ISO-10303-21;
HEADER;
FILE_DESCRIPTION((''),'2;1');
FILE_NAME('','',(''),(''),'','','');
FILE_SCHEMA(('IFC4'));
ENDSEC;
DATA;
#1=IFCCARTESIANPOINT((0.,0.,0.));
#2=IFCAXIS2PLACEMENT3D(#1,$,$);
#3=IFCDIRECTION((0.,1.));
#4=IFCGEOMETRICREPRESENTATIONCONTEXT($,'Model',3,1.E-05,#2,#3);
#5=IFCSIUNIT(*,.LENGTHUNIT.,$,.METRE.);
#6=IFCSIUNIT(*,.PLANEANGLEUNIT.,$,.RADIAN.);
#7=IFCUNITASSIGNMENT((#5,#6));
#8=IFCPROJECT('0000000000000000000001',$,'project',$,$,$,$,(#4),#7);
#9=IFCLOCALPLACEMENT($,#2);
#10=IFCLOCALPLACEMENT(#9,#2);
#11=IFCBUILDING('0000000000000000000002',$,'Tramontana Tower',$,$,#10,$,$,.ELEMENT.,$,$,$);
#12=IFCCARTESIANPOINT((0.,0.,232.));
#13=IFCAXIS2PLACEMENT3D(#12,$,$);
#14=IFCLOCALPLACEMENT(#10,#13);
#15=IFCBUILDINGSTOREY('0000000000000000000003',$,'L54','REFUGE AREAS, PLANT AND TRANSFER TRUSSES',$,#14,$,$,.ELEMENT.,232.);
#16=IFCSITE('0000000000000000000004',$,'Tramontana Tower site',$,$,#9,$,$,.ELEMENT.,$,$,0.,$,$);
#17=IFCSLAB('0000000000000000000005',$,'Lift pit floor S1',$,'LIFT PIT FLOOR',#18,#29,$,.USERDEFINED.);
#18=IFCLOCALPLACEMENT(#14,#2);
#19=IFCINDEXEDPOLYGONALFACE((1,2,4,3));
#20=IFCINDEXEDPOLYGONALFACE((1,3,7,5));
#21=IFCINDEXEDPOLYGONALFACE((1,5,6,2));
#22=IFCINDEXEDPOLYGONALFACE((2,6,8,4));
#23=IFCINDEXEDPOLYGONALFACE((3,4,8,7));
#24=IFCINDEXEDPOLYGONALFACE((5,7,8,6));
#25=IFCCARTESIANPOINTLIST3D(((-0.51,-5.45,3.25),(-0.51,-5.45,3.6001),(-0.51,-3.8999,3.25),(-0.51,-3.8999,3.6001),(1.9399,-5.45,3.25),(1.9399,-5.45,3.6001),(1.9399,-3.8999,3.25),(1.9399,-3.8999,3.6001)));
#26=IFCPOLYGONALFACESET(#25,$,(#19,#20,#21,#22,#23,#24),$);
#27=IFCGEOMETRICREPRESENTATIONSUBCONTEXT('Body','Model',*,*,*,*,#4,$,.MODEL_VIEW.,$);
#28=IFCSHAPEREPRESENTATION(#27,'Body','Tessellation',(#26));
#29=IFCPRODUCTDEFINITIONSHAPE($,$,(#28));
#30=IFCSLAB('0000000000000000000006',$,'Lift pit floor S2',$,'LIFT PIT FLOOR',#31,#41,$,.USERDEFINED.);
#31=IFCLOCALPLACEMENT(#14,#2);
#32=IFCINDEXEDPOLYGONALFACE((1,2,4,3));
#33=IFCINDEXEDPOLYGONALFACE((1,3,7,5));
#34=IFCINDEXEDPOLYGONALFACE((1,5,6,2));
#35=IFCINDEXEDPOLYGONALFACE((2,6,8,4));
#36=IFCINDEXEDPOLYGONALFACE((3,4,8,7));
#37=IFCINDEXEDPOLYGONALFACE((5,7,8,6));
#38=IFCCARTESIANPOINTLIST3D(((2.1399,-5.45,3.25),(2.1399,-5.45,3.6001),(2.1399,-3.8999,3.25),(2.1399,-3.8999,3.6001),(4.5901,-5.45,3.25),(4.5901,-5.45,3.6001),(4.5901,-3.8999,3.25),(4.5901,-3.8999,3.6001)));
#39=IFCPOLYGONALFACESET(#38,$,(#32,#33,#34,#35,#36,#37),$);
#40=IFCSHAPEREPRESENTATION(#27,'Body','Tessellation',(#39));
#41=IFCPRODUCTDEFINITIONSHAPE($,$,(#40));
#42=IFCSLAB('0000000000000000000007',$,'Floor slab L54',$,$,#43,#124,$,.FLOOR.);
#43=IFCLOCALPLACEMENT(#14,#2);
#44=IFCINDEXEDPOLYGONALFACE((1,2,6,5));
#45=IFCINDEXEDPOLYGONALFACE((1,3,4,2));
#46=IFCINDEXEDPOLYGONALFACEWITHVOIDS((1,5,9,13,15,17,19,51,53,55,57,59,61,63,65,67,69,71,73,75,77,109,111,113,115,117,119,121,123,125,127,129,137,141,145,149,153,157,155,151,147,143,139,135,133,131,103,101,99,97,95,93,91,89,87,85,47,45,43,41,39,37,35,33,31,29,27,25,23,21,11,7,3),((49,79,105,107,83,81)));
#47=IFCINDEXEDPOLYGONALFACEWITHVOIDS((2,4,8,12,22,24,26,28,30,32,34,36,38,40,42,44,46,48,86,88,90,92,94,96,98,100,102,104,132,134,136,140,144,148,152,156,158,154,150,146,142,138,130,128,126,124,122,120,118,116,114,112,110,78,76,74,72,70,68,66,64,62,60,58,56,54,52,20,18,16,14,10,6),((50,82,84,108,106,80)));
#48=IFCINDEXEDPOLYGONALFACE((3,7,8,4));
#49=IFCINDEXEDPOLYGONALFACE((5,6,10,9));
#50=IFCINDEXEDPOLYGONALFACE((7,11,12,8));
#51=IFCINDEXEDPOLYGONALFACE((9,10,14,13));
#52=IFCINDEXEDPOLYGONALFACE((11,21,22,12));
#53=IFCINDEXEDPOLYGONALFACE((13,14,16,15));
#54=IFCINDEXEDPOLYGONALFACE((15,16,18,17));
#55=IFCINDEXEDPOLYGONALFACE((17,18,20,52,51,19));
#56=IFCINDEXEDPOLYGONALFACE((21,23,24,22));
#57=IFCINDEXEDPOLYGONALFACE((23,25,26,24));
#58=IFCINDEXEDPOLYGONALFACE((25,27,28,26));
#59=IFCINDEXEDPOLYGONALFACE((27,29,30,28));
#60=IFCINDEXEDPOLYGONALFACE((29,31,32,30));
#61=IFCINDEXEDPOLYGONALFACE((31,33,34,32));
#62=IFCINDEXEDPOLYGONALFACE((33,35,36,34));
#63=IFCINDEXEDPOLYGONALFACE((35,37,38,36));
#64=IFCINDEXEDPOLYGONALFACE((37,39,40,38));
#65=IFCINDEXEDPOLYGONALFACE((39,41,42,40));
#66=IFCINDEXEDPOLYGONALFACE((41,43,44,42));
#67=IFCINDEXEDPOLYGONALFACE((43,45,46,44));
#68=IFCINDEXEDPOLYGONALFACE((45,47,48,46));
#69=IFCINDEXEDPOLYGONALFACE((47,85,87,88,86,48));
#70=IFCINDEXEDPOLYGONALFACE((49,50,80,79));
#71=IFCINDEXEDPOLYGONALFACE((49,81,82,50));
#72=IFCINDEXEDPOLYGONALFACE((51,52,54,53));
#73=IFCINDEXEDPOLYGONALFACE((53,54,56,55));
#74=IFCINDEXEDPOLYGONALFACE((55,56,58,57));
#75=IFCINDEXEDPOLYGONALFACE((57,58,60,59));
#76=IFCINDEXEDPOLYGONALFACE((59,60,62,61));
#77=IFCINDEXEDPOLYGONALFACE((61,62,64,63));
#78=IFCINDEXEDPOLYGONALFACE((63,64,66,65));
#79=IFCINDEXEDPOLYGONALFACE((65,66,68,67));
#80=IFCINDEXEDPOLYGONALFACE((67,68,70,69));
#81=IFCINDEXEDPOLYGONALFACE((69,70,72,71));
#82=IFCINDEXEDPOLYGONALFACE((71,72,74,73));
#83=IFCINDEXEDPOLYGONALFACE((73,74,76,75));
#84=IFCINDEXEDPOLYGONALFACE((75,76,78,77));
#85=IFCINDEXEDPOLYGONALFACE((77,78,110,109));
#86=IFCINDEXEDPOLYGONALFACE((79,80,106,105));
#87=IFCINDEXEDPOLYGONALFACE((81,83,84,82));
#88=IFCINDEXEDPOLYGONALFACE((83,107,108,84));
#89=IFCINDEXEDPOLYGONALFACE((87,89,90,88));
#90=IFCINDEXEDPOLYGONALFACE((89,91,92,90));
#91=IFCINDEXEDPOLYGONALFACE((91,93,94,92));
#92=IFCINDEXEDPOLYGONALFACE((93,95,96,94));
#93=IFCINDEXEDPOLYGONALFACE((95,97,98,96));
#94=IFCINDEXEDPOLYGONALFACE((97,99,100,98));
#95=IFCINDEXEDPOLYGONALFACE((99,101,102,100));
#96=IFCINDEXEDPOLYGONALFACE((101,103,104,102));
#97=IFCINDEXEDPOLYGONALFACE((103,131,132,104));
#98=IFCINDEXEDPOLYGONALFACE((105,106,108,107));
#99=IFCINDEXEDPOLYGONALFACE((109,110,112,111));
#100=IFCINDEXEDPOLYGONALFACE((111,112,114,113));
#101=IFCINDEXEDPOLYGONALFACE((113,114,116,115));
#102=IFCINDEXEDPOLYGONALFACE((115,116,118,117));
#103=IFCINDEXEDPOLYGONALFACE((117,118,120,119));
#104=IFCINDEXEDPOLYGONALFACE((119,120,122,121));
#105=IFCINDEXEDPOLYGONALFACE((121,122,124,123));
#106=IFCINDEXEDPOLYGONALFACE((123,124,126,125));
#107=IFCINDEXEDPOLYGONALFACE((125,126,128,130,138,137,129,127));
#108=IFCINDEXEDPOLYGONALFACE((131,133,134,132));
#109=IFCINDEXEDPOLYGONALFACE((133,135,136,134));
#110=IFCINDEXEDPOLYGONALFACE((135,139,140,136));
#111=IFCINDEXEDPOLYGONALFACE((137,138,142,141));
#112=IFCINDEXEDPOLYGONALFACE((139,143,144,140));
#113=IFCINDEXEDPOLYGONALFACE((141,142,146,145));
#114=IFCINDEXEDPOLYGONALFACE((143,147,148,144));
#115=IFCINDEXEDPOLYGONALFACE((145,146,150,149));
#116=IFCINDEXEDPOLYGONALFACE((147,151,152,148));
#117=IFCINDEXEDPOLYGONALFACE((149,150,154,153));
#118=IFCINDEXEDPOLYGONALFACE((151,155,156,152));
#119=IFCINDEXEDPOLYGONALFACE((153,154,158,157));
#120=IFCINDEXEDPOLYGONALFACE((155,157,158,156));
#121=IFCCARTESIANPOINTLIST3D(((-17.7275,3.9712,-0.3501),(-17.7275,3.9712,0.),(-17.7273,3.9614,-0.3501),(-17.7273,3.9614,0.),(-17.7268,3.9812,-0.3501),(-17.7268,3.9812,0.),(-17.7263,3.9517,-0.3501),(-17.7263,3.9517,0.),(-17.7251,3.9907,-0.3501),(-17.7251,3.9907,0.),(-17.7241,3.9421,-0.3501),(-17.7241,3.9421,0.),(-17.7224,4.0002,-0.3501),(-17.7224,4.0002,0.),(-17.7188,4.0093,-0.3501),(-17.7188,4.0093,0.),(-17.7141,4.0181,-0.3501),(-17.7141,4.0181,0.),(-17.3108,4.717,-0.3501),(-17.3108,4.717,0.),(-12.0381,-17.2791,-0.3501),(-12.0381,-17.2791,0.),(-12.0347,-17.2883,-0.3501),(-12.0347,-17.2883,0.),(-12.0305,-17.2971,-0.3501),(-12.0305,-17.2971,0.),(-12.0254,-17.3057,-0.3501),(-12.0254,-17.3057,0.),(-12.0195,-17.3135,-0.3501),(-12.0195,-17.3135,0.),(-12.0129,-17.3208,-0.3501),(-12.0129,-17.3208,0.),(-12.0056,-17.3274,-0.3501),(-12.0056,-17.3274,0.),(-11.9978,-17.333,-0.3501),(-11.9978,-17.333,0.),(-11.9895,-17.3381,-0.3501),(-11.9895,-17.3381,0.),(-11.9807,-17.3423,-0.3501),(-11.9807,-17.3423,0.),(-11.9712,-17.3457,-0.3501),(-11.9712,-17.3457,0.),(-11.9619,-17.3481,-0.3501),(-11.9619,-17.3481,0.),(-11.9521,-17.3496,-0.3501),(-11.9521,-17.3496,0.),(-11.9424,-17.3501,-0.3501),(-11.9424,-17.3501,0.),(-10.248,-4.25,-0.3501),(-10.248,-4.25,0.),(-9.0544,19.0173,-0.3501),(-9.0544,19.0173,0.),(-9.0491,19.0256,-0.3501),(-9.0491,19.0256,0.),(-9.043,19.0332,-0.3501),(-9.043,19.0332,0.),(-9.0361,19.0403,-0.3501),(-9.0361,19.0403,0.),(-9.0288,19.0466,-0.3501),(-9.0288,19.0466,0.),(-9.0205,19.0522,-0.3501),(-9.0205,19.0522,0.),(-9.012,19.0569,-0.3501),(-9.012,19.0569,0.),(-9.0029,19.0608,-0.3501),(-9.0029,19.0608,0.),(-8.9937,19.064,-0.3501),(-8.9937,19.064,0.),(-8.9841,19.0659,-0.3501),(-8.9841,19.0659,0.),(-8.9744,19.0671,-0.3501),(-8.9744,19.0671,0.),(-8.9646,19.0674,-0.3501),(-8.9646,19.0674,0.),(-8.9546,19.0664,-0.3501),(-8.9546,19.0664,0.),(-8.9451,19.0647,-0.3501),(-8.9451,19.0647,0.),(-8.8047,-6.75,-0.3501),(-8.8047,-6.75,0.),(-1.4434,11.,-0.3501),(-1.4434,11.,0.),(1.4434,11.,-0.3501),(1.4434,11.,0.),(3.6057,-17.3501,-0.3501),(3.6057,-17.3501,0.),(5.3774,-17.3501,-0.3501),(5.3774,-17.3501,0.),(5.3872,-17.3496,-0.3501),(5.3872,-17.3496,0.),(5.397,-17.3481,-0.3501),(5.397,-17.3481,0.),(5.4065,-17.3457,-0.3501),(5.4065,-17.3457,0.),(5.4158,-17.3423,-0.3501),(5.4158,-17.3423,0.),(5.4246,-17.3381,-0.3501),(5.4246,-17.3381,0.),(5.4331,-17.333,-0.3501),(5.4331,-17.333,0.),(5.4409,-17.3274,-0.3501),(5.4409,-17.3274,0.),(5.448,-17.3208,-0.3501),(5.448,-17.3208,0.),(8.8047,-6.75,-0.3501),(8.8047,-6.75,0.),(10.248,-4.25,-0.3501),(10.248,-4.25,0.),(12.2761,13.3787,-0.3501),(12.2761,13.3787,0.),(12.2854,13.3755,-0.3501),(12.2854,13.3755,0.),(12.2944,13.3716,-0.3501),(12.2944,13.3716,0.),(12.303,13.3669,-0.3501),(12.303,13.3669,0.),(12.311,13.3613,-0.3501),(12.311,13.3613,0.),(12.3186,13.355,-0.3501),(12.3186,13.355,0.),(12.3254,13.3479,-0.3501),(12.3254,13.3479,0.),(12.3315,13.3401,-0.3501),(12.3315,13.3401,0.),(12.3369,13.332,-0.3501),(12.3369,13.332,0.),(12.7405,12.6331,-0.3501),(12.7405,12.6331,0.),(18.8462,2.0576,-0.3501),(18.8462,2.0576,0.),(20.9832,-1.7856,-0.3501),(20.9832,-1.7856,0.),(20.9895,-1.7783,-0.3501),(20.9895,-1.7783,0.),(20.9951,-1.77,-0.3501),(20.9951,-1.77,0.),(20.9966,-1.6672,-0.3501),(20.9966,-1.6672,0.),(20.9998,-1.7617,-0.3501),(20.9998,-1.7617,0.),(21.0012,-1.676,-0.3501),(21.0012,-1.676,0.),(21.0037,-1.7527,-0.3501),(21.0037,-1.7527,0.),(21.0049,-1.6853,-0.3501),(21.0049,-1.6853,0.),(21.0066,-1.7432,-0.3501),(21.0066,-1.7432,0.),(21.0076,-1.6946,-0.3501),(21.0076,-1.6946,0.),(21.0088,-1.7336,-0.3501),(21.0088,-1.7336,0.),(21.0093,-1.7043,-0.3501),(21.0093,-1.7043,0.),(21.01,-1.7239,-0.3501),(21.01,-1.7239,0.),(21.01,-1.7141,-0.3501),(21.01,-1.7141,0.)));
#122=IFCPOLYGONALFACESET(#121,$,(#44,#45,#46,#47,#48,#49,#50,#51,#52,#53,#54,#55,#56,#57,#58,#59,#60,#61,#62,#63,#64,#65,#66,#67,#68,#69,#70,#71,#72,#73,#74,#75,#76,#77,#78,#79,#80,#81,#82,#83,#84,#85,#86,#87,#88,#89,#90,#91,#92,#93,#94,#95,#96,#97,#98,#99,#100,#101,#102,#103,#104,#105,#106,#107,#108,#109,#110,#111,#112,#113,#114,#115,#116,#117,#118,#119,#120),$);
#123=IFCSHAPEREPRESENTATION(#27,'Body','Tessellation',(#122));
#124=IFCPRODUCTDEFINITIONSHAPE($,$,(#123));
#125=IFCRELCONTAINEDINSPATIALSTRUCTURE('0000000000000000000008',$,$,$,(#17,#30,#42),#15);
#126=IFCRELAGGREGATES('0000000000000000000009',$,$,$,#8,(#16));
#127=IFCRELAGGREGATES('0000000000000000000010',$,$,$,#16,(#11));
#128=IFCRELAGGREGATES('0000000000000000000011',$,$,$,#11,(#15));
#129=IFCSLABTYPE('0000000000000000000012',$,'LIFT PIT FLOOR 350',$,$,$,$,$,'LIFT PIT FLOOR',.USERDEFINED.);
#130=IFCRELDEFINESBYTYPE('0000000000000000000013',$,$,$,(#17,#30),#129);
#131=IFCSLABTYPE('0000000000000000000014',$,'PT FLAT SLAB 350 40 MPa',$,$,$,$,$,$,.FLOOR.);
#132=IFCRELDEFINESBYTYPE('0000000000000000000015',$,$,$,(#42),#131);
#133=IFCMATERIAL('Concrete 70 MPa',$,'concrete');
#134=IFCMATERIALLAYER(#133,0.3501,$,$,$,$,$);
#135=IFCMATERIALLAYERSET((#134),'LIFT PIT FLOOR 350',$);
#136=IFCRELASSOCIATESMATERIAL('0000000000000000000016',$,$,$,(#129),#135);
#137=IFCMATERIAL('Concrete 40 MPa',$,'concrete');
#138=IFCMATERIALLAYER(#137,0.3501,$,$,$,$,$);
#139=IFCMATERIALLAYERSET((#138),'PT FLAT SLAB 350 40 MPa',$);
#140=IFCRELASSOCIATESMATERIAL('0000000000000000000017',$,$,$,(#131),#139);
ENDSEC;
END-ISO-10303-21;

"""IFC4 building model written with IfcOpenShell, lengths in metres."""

from ifc_helpers import new_model, si_unit, direction, frame, origin, place, context, subcontext, project, spatial, polyline, outline, extrude, material, layer, layer_set, type_object, element, save


model = new_model("IFC4")

# Units and contexts
model_context = context("Model", 3, precision=1e-05, world=origin(), true_north=direction((0.0, 1.0)))
body_context = subcontext(model_context, "Body", "Model", "MODEL_VIEW")
ifc_project = project(units=[si_unit("LENGTHUNIT", "METRE"), si_unit("PLANEANGLEUNIT", "RADIAN")], contexts=[model_context])

# Site, building, storey
site_placement = place(None, origin())
site = spatial("IfcSite", under=ifc_project, at=site_placement, Name="Tramontana Tower site", CompositionType="ELEMENT", RefElevation=0.0)
building_placement = place(site_placement, origin())
building = spatial("IfcBuilding", under=site, at=building_placement, Name="Tramontana Tower", CompositionType="ELEMENT")
storey_placement = place(building_placement, frame((0.0, 0.0, 232.0)))
storey = spatial("IfcBuildingStorey", under=building, at=storey_placement, Name="L54", Description="REFUGE AREAS, PLANT AND TRANSFER TRUSSES", CompositionType="ELEMENT", Elevation=232.0)

# Slabs
ifc_material_1 = material(Name="Concrete 70 MPa", Category="concrete")
ifc_layer_1 = layer(ifc_material_1, 0.3501)
ifc_layer_set_1 = layer_set([ifc_layer_1], Name="LIFT PIT FLOOR 350")
slab_type_1 = type_object("IfcSlabType", Name="LIFT PIT FLOOR 350", ElementType="LIFT PIT FLOOR", PredefinedType="USERDEFINED", material=ifc_layer_set_1)
slab_1_placement = place(storey_placement, frame((0.0, 0.0, 3.25)))
element("IfcSlab", 1, at=slab_1_placement, inside=storey, type_object=slab_type_1, Name="Lift pit floor S1", ObjectType="LIFT PIT FLOOR", PredefinedType="USERDEFINED", context=body_context, shape_type="SweptSolid", body=[
    extrude(outline(polyline([(-0.51, -3.8999), (-0.51, -5.45), (1.9399, -5.45), (1.9399, -3.8999), (-0.51, -3.8999)])), origin(), (0.0, 0.0, 1.0), 0.3501),
])
slab_2_placement = place(storey_placement, frame((0.0, 0.0, 3.25)))
element("IfcSlab", 2, at=slab_2_placement, inside=storey, type_object=slab_type_1, Name="Lift pit floor S2", ObjectType="LIFT PIT FLOOR", PredefinedType="USERDEFINED", context=body_context, shape_type="SweptSolid", body=[
    extrude(outline(polyline([(2.1399, -3.8999), (2.1399, -5.45), (4.5901, -5.45), (4.5901, -3.8999), (2.1399, -3.8999)])), origin(), (0.0, 0.0, 1.0), 0.3501),
])
ifc_material_2 = material(Name="Concrete 40 MPa", Category="concrete")
ifc_layer_2 = layer(ifc_material_2, 0.3501)
ifc_layer_set_2 = layer_set([ifc_layer_2], Name="PT FLAT SLAB 350 40 MPa")
slab_type_2 = type_object("IfcSlabType", Name="PT FLAT SLAB 350 40 MPa", PredefinedType="FLOOR", material=ifc_layer_set_2)
slab_3_placement = place(storey_placement, frame((0.0, 0.0, -0.3501)))
element("IfcSlab", 3, at=slab_3_placement, inside=storey, type_object=slab_type_2, Name="Floor slab L54", PredefinedType="FLOOR", context=body_context, shape_type="SweptSolid", body=[
    extrude(outline(polyline([(-11.9424, -17.3501), (-11.9521, -17.3496), (-11.9619, -17.3481), (-11.9712, -17.3457), (-11.9807, -17.3423), (-11.9895, -17.3381), (-11.9978, -17.333), (-12.0056, -17.3274), (-12.0129, -17.3208), (-12.0195, -17.3135), (-12.0254, -17.3057), (-12.0305, -17.2971), (-12.0347, -17.2883), (-12.0381, -17.2791), (-17.7241, 3.9421), (-17.7263, 3.9517), (-17.7273, 3.9614), (-17.7275, 3.9712), (-17.7268, 3.9812), (-17.7251, 3.9907), (-17.7224, 4.0002), (-17.7188, 4.0093), (-17.7141, 4.0181), (-17.3108, 4.717), (-9.0544, 19.0173), (-9.0491, 19.0256), (-9.043, 19.0332), (-9.0361, 19.0403), (-9.0288, 19.0466), (-9.0205, 19.0522), (-9.012, 19.0569), (-9.0029, 19.0608), (-8.9937, 19.064), (-8.9841, 19.0659), (-8.9744, 19.0671), (-8.9646, 19.0674), (-8.9546, 19.0664), (-8.9451, 19.0647), (12.2761, 13.3787), (12.2854, 13.3755), (12.2944, 13.3716), (12.303, 13.3669), (12.311, 13.3613), (12.3186, 13.355), (12.3254, 13.3479), (12.3315, 13.3401), (12.3369, 13.332), (12.7405, 12.6331), (18.8462, 2.0576), (20.9966, -1.6672), (21.0012, -1.676), (21.0049, -1.6853), (21.0076, -1.6946), (21.0093, -1.7043), (21.01, -1.7141), (21.01, -1.7239), (21.0088, -1.7336), (21.0066, -1.7432), (21.0037, -1.7527), (20.9998, -1.7617), (20.9951, -1.77), (20.9895, -1.7783), (20.9832, -1.7856), (5.448, -17.3208), (5.4409, -17.3274), (5.4331, -17.333), (5.4246, -17.3381), (5.4158, -17.3423), (5.4065, -17.3457), (5.397, -17.3481), (5.3872, -17.3496), (5.3774, -17.3501), (3.6057, -17.3501), (-11.9424, -17.3501)]), holes=[polyline([(-8.8047, -6.75), (8.8047, -6.75), (10.248, -4.25), (1.4434, 11.0), (-1.4434, 11.0), (-10.248, -4.25), (-8.8047, -6.75)])]), origin(), (0.0, 0.0, 1.0), 0.3501),
])

save(model, "model.ifc")
